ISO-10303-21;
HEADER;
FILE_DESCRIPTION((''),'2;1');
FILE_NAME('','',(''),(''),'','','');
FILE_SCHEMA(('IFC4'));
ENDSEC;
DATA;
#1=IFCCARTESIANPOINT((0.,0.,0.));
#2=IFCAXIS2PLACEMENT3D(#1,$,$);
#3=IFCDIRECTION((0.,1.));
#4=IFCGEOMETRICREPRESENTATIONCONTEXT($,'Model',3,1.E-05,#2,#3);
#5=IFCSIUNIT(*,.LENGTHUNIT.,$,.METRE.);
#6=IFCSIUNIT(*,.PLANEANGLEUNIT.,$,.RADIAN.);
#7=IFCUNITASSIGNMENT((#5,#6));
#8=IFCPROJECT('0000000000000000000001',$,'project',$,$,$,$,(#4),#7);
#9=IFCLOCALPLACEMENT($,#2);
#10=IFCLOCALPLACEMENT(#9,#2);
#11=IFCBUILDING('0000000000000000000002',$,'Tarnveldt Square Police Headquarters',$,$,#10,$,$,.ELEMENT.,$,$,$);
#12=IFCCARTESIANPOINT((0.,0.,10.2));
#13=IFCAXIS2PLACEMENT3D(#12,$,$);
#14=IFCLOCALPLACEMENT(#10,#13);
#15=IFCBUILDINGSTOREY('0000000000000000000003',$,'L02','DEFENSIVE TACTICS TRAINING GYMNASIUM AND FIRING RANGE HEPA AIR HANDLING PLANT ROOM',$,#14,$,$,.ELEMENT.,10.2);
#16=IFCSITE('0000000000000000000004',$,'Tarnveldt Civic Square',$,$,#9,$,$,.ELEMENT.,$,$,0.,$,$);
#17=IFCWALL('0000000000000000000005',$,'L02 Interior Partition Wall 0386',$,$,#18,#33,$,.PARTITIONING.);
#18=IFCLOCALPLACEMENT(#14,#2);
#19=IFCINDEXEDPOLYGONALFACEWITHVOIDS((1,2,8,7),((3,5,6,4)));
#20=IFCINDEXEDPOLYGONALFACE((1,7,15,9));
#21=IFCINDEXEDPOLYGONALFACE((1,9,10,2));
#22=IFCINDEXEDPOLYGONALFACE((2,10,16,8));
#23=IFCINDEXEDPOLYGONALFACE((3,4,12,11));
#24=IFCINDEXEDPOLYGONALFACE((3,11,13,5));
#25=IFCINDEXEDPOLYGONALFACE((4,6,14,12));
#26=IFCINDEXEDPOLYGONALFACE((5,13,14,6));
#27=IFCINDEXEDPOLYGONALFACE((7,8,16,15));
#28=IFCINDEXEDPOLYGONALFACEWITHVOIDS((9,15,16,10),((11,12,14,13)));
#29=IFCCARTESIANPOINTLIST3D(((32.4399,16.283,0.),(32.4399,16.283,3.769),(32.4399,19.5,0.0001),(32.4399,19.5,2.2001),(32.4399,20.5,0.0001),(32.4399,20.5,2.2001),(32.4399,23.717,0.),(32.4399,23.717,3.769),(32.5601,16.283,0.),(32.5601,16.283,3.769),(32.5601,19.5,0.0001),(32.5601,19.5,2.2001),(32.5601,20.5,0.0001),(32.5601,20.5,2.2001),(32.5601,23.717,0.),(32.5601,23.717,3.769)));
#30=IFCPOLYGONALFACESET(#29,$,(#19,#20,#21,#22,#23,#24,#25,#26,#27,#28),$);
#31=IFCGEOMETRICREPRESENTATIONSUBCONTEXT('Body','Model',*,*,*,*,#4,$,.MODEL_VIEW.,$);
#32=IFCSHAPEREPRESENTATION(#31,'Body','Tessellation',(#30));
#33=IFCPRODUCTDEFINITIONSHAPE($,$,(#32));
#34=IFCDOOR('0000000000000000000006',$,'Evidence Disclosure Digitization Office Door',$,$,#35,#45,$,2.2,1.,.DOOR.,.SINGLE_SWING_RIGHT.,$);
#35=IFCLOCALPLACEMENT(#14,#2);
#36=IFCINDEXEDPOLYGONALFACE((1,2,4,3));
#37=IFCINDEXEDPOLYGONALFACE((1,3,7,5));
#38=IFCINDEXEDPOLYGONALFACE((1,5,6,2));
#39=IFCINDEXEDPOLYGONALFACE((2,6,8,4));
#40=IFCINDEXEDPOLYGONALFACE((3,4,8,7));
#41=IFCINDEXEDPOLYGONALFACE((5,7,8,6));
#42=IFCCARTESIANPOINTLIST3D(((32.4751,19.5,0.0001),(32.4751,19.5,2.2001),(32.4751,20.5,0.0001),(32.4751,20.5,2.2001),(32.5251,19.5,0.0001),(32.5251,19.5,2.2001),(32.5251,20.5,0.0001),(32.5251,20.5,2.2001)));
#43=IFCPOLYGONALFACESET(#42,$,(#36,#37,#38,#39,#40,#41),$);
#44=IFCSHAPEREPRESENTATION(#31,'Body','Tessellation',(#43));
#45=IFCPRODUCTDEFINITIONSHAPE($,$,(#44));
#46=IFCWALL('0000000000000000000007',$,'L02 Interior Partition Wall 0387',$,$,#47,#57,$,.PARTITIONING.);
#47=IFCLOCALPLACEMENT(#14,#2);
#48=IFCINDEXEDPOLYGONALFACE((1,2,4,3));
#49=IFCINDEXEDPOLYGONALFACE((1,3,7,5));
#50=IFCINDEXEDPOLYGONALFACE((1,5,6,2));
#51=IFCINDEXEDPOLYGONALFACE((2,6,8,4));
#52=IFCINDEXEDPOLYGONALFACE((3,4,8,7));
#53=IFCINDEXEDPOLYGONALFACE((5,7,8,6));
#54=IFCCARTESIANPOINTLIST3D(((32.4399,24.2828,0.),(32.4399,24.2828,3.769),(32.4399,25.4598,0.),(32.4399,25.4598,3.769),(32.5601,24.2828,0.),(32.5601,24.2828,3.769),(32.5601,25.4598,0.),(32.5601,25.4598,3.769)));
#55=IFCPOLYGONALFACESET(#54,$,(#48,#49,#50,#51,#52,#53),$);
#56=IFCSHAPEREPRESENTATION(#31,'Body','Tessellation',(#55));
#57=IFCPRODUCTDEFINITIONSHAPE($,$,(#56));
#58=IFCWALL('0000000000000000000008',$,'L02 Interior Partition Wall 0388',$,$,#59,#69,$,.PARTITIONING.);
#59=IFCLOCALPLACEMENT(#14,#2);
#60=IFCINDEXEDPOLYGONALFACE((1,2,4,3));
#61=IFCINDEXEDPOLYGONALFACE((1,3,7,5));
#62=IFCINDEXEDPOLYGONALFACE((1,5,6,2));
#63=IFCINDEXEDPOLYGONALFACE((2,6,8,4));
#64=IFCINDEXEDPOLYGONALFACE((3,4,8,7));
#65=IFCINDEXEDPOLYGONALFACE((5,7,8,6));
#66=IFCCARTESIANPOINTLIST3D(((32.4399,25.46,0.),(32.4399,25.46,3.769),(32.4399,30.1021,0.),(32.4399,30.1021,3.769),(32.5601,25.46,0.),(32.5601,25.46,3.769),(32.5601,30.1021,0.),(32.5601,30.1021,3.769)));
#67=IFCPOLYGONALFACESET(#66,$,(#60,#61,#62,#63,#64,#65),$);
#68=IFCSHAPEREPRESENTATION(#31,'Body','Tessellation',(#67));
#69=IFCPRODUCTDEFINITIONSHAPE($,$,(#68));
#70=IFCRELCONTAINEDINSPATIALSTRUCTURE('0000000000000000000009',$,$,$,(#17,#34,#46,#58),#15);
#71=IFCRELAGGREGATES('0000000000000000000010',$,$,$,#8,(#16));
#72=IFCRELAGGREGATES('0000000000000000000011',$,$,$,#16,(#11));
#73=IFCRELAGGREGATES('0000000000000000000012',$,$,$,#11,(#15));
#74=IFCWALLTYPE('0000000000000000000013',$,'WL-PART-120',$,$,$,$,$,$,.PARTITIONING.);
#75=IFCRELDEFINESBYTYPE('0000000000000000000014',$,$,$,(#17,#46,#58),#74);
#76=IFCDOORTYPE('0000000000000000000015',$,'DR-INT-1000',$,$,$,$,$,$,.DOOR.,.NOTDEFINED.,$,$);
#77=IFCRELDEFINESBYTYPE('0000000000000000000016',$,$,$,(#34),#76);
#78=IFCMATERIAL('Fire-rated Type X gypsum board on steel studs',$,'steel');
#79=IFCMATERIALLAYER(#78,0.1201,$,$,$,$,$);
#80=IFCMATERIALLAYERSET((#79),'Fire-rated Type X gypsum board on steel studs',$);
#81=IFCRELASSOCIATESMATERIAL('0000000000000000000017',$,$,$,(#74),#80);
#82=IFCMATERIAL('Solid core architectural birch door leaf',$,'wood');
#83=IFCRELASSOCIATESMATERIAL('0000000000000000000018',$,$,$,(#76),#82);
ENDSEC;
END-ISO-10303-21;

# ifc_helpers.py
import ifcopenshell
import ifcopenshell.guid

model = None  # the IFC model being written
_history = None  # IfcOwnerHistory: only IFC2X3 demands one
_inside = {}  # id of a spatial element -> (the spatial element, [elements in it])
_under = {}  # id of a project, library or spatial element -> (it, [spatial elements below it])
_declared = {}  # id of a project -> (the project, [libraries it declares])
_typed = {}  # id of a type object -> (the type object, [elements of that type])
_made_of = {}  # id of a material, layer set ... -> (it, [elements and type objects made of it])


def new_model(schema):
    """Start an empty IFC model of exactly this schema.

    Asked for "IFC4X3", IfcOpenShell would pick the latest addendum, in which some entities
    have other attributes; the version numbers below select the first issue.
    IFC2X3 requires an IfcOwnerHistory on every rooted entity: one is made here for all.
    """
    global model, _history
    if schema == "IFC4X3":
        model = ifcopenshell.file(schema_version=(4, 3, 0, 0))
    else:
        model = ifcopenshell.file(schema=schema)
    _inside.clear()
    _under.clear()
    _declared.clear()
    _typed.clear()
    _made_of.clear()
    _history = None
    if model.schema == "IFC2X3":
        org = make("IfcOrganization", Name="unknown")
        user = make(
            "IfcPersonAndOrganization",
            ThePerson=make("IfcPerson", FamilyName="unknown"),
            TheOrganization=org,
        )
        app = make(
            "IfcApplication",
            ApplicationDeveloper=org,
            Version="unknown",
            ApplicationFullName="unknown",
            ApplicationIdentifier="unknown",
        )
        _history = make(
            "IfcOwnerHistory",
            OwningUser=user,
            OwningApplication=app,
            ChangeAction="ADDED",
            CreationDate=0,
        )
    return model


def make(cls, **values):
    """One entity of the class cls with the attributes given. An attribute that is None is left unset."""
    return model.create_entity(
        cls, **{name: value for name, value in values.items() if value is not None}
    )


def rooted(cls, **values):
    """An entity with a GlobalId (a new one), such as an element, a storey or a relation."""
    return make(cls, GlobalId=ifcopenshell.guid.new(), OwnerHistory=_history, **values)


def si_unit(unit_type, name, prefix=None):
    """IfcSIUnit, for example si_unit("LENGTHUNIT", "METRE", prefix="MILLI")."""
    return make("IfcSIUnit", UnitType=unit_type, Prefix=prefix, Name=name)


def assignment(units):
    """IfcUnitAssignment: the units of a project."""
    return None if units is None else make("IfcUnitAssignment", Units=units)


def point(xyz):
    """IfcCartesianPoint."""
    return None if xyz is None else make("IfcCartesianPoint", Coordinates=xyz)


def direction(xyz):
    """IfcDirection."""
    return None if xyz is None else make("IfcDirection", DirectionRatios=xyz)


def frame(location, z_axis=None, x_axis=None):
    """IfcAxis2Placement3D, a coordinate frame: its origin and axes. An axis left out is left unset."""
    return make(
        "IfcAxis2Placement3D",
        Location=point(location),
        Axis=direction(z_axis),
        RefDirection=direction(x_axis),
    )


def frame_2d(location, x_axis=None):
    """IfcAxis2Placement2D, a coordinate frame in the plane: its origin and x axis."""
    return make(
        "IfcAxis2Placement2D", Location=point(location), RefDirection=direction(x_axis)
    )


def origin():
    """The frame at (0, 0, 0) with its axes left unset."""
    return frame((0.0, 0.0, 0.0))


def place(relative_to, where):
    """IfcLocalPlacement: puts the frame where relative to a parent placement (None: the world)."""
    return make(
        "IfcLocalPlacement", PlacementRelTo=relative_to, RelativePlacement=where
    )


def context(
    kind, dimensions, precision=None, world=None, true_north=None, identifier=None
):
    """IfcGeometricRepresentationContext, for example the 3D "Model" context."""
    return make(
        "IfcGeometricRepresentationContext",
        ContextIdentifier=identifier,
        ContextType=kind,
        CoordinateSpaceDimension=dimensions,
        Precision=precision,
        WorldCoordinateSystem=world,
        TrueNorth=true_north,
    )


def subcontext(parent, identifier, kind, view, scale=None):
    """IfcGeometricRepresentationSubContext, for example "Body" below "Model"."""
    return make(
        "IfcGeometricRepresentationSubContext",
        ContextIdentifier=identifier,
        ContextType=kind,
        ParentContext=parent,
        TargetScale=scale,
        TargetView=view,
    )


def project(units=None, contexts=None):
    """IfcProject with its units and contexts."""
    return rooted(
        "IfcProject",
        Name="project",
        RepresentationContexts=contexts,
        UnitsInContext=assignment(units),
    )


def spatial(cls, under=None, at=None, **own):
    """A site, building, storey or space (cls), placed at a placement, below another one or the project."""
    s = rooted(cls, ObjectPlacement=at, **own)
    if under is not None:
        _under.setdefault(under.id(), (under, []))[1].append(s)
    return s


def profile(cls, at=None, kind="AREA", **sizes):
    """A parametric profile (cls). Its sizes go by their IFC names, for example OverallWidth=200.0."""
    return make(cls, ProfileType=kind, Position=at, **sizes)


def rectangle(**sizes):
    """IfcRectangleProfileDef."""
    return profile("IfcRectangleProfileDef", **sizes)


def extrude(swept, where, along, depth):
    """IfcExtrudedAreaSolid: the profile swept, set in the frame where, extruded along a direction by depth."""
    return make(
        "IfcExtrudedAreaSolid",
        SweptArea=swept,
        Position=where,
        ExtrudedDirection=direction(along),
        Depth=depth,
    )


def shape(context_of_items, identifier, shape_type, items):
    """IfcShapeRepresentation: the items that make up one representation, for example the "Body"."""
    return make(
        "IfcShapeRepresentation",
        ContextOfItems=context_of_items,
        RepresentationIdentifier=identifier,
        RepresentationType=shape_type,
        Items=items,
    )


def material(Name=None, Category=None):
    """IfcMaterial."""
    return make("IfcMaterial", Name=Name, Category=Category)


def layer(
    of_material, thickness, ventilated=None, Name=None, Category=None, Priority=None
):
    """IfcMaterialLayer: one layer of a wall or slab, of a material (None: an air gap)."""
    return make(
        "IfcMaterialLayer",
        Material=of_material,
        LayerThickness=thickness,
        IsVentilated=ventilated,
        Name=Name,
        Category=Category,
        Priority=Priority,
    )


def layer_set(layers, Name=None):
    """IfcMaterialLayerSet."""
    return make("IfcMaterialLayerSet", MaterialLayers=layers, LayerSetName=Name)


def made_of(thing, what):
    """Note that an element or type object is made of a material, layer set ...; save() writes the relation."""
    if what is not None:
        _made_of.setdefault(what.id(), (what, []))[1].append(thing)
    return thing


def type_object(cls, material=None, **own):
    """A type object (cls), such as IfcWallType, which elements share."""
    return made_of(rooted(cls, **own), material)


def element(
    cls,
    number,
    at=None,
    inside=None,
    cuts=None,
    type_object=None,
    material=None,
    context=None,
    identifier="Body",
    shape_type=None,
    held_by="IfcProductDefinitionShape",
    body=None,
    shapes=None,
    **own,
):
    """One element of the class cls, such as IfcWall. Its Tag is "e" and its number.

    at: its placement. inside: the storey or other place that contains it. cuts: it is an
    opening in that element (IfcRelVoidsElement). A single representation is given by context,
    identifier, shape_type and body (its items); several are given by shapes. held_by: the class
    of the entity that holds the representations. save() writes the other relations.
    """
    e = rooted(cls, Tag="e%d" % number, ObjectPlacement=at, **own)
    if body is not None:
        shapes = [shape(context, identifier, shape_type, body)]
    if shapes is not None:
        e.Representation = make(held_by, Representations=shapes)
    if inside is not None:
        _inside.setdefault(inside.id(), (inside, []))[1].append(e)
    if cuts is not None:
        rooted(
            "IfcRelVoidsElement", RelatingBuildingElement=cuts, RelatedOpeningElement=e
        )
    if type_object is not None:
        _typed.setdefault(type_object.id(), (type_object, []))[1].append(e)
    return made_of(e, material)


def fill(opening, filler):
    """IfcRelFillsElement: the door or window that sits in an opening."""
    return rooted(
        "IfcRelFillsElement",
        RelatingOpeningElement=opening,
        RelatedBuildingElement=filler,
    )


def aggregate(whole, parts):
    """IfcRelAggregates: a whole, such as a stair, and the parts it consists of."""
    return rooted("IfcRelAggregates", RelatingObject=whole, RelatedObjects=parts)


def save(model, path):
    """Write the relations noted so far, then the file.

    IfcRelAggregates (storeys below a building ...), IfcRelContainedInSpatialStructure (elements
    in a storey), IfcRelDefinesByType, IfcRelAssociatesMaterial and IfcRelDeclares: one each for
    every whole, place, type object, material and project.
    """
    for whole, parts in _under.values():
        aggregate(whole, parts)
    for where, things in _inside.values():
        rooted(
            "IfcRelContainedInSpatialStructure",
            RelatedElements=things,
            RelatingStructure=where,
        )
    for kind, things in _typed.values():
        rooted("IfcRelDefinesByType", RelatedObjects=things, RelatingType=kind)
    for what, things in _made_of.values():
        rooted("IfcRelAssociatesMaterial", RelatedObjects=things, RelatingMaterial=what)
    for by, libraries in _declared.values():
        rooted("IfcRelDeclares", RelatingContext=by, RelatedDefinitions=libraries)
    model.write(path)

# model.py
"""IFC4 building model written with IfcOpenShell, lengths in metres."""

from ifc_helpers import new_model, si_unit, direction, frame, frame_2d, origin, place, context, subcontext, project, spatial, rectangle, extrude, material, layer, layer_set, type_object, element, fill, save


model = new_model("IFC4")

# Units and contexts
model_context = context("Model", 3, precision=1e-05, world=origin(), true_north=direction((0.0, 1.0)))
body_context = subcontext(model_context, "Body", "Model", "MODEL_VIEW")
ifc_project = project(units=[si_unit("LENGTHUNIT", "METRE"), si_unit("PLANEANGLEUNIT", "RADIAN")], contexts=[model_context])

# Site, building, storey
site_placement = place(None, origin())
site = spatial("IfcSite", under=ifc_project, at=site_placement, Name="Tarnveldt Civic Square", CompositionType="ELEMENT", RefElevation=0.0)
building_placement = place(site_placement, origin())
building = spatial("IfcBuilding", under=site, at=building_placement, Name="Tarnveldt Square Police Headquarters", CompositionType="ELEMENT")
storey_placement = place(building_placement, frame((0.0, 0.0, 10.2)))
storey = spatial("IfcBuildingStorey", under=building, at=storey_placement, Name="L02", Description="DEFENSIVE TACTICS TRAINING GYMNASIUM AND FIRING RANGE HEPA AIR HANDLING PLANT ROOM", CompositionType="ELEMENT", Elevation=10.2)

# Wall, opening, door
ifc_material_1 = material(Name="Fire-rated Type X gypsum board on steel studs", Category="steel")
ifc_material_2 = material(Name="Solid core architectural birch door leaf", Category="wood")
ifc_layer_1 = layer(ifc_material_1, 0.1201)
ifc_layer_set_1 = layer_set([ifc_layer_1], Name="Fire-rated Type X gypsum board on steel studs")
wall_type_1 = type_object("IfcWallType", Name="WL-PART-120", PredefinedType="PARTITIONING", material=ifc_layer_set_1)
wall_1_placement = place(storey_placement, frame((32.5, 16.283, 0.0), z_axis=(0.0, 0.0, 1.0), x_axis=(0.0, 1.0, 0.0)))
wall_1 = element("IfcWall", 1, at=wall_1_placement, inside=storey, type_object=wall_type_1, Name="L02 Interior Partition Wall 0386", PredefinedType="PARTITIONING", context=body_context, shape_type="SweptSolid", body=[
    extrude(rectangle(XDim=7.4341, YDim=0.1201, at=frame_2d((3.717, 0.0))), origin(), (0.0, 0.0, 1.0), 3.769),
])
opening_1_placement = place(wall_1_placement, frame((3.217, 0.0, 0.0)))
opening_1 = element("IfcOpeningElement", 2, at=opening_1_placement, cuts=wall_1, PredefinedType="OPENING", context=body_context, shape_type="SweptSolid", body=[
    extrude(rectangle(XDim=1.0, YDim=2.2, at=frame_2d((0.5, 1.1001))), frame((0.0, 0.0701, 0.0), z_axis=(0.0, -1.0, 0.0), x_axis=(1.0, 0.0, 0.0)), (0.0, 0.0, 1.0), 0.1401),
])
door_type_1 = type_object("IfcDoorType", Name="DR-INT-1000", OperationType="NOTDEFINED", PredefinedType="DOOR", material=ifc_material_2)
door_1_placement = place(opening_1_placement, origin())
door_1 = element("IfcDoor", 3, at=door_1_placement, inside=storey, type_object=door_type_1, Name="Evidence Disclosure Digitization Office Door", OperationType="SINGLE_SWING_RIGHT", OverallHeight=2.2, OverallWidth=1.0, PredefinedType="DOOR", context=body_context, shape_type="SweptSolid", body=[
    extrude(rectangle(XDim=1.0, YDim=2.2, at=frame_2d((0.5, 1.1001))), frame((0.0, 0.0249, 0.0), z_axis=(0.0, -1.0, 0.0), x_axis=(1.0, 0.0, 0.0)), (0.0, 0.0, 1.0), 0.05),
])
fill(opening_1, door_1)

# Walls
wall_2_placement = place(storey_placement, frame((32.5, 24.283, 0.0), z_axis=(0.0, 0.0, 1.0), x_axis=(0.0, 1.0, 0.0)))
element("IfcWall", 4, at=wall_2_placement, inside=storey, type_object=wall_type_1, Name="L02 Interior Partition Wall 0387", PredefinedType="PARTITIONING", context=body_context, shape_type="SweptSolid", body=[
    extrude(rectangle(XDim=1.177, YDim=0.1201, at=frame_2d((0.5884, 0.0))), origin(), (0.0, 0.0, 1.0), 3.769),
])
wall_3_placement = place(storey_placement, frame((32.5, 25.46, 0.0), z_axis=(0.0, 0.0, 1.0), x_axis=(0.0, 1.0, 0.0)))
element("IfcWall", 5, at=wall_3_placement, inside=storey, type_object=wall_type_1, Name="L02 Interior Partition Wall 0388", PredefinedType="PARTITIONING", context=body_context, shape_type="SweptSolid", body=[
    extrude(rectangle(XDim=4.6421, YDim=0.1201, at=frame_2d((2.321, 0.0))), origin(), (0.0, 0.0, 1.0), 3.769),
])

save(model, "model.ifc")
